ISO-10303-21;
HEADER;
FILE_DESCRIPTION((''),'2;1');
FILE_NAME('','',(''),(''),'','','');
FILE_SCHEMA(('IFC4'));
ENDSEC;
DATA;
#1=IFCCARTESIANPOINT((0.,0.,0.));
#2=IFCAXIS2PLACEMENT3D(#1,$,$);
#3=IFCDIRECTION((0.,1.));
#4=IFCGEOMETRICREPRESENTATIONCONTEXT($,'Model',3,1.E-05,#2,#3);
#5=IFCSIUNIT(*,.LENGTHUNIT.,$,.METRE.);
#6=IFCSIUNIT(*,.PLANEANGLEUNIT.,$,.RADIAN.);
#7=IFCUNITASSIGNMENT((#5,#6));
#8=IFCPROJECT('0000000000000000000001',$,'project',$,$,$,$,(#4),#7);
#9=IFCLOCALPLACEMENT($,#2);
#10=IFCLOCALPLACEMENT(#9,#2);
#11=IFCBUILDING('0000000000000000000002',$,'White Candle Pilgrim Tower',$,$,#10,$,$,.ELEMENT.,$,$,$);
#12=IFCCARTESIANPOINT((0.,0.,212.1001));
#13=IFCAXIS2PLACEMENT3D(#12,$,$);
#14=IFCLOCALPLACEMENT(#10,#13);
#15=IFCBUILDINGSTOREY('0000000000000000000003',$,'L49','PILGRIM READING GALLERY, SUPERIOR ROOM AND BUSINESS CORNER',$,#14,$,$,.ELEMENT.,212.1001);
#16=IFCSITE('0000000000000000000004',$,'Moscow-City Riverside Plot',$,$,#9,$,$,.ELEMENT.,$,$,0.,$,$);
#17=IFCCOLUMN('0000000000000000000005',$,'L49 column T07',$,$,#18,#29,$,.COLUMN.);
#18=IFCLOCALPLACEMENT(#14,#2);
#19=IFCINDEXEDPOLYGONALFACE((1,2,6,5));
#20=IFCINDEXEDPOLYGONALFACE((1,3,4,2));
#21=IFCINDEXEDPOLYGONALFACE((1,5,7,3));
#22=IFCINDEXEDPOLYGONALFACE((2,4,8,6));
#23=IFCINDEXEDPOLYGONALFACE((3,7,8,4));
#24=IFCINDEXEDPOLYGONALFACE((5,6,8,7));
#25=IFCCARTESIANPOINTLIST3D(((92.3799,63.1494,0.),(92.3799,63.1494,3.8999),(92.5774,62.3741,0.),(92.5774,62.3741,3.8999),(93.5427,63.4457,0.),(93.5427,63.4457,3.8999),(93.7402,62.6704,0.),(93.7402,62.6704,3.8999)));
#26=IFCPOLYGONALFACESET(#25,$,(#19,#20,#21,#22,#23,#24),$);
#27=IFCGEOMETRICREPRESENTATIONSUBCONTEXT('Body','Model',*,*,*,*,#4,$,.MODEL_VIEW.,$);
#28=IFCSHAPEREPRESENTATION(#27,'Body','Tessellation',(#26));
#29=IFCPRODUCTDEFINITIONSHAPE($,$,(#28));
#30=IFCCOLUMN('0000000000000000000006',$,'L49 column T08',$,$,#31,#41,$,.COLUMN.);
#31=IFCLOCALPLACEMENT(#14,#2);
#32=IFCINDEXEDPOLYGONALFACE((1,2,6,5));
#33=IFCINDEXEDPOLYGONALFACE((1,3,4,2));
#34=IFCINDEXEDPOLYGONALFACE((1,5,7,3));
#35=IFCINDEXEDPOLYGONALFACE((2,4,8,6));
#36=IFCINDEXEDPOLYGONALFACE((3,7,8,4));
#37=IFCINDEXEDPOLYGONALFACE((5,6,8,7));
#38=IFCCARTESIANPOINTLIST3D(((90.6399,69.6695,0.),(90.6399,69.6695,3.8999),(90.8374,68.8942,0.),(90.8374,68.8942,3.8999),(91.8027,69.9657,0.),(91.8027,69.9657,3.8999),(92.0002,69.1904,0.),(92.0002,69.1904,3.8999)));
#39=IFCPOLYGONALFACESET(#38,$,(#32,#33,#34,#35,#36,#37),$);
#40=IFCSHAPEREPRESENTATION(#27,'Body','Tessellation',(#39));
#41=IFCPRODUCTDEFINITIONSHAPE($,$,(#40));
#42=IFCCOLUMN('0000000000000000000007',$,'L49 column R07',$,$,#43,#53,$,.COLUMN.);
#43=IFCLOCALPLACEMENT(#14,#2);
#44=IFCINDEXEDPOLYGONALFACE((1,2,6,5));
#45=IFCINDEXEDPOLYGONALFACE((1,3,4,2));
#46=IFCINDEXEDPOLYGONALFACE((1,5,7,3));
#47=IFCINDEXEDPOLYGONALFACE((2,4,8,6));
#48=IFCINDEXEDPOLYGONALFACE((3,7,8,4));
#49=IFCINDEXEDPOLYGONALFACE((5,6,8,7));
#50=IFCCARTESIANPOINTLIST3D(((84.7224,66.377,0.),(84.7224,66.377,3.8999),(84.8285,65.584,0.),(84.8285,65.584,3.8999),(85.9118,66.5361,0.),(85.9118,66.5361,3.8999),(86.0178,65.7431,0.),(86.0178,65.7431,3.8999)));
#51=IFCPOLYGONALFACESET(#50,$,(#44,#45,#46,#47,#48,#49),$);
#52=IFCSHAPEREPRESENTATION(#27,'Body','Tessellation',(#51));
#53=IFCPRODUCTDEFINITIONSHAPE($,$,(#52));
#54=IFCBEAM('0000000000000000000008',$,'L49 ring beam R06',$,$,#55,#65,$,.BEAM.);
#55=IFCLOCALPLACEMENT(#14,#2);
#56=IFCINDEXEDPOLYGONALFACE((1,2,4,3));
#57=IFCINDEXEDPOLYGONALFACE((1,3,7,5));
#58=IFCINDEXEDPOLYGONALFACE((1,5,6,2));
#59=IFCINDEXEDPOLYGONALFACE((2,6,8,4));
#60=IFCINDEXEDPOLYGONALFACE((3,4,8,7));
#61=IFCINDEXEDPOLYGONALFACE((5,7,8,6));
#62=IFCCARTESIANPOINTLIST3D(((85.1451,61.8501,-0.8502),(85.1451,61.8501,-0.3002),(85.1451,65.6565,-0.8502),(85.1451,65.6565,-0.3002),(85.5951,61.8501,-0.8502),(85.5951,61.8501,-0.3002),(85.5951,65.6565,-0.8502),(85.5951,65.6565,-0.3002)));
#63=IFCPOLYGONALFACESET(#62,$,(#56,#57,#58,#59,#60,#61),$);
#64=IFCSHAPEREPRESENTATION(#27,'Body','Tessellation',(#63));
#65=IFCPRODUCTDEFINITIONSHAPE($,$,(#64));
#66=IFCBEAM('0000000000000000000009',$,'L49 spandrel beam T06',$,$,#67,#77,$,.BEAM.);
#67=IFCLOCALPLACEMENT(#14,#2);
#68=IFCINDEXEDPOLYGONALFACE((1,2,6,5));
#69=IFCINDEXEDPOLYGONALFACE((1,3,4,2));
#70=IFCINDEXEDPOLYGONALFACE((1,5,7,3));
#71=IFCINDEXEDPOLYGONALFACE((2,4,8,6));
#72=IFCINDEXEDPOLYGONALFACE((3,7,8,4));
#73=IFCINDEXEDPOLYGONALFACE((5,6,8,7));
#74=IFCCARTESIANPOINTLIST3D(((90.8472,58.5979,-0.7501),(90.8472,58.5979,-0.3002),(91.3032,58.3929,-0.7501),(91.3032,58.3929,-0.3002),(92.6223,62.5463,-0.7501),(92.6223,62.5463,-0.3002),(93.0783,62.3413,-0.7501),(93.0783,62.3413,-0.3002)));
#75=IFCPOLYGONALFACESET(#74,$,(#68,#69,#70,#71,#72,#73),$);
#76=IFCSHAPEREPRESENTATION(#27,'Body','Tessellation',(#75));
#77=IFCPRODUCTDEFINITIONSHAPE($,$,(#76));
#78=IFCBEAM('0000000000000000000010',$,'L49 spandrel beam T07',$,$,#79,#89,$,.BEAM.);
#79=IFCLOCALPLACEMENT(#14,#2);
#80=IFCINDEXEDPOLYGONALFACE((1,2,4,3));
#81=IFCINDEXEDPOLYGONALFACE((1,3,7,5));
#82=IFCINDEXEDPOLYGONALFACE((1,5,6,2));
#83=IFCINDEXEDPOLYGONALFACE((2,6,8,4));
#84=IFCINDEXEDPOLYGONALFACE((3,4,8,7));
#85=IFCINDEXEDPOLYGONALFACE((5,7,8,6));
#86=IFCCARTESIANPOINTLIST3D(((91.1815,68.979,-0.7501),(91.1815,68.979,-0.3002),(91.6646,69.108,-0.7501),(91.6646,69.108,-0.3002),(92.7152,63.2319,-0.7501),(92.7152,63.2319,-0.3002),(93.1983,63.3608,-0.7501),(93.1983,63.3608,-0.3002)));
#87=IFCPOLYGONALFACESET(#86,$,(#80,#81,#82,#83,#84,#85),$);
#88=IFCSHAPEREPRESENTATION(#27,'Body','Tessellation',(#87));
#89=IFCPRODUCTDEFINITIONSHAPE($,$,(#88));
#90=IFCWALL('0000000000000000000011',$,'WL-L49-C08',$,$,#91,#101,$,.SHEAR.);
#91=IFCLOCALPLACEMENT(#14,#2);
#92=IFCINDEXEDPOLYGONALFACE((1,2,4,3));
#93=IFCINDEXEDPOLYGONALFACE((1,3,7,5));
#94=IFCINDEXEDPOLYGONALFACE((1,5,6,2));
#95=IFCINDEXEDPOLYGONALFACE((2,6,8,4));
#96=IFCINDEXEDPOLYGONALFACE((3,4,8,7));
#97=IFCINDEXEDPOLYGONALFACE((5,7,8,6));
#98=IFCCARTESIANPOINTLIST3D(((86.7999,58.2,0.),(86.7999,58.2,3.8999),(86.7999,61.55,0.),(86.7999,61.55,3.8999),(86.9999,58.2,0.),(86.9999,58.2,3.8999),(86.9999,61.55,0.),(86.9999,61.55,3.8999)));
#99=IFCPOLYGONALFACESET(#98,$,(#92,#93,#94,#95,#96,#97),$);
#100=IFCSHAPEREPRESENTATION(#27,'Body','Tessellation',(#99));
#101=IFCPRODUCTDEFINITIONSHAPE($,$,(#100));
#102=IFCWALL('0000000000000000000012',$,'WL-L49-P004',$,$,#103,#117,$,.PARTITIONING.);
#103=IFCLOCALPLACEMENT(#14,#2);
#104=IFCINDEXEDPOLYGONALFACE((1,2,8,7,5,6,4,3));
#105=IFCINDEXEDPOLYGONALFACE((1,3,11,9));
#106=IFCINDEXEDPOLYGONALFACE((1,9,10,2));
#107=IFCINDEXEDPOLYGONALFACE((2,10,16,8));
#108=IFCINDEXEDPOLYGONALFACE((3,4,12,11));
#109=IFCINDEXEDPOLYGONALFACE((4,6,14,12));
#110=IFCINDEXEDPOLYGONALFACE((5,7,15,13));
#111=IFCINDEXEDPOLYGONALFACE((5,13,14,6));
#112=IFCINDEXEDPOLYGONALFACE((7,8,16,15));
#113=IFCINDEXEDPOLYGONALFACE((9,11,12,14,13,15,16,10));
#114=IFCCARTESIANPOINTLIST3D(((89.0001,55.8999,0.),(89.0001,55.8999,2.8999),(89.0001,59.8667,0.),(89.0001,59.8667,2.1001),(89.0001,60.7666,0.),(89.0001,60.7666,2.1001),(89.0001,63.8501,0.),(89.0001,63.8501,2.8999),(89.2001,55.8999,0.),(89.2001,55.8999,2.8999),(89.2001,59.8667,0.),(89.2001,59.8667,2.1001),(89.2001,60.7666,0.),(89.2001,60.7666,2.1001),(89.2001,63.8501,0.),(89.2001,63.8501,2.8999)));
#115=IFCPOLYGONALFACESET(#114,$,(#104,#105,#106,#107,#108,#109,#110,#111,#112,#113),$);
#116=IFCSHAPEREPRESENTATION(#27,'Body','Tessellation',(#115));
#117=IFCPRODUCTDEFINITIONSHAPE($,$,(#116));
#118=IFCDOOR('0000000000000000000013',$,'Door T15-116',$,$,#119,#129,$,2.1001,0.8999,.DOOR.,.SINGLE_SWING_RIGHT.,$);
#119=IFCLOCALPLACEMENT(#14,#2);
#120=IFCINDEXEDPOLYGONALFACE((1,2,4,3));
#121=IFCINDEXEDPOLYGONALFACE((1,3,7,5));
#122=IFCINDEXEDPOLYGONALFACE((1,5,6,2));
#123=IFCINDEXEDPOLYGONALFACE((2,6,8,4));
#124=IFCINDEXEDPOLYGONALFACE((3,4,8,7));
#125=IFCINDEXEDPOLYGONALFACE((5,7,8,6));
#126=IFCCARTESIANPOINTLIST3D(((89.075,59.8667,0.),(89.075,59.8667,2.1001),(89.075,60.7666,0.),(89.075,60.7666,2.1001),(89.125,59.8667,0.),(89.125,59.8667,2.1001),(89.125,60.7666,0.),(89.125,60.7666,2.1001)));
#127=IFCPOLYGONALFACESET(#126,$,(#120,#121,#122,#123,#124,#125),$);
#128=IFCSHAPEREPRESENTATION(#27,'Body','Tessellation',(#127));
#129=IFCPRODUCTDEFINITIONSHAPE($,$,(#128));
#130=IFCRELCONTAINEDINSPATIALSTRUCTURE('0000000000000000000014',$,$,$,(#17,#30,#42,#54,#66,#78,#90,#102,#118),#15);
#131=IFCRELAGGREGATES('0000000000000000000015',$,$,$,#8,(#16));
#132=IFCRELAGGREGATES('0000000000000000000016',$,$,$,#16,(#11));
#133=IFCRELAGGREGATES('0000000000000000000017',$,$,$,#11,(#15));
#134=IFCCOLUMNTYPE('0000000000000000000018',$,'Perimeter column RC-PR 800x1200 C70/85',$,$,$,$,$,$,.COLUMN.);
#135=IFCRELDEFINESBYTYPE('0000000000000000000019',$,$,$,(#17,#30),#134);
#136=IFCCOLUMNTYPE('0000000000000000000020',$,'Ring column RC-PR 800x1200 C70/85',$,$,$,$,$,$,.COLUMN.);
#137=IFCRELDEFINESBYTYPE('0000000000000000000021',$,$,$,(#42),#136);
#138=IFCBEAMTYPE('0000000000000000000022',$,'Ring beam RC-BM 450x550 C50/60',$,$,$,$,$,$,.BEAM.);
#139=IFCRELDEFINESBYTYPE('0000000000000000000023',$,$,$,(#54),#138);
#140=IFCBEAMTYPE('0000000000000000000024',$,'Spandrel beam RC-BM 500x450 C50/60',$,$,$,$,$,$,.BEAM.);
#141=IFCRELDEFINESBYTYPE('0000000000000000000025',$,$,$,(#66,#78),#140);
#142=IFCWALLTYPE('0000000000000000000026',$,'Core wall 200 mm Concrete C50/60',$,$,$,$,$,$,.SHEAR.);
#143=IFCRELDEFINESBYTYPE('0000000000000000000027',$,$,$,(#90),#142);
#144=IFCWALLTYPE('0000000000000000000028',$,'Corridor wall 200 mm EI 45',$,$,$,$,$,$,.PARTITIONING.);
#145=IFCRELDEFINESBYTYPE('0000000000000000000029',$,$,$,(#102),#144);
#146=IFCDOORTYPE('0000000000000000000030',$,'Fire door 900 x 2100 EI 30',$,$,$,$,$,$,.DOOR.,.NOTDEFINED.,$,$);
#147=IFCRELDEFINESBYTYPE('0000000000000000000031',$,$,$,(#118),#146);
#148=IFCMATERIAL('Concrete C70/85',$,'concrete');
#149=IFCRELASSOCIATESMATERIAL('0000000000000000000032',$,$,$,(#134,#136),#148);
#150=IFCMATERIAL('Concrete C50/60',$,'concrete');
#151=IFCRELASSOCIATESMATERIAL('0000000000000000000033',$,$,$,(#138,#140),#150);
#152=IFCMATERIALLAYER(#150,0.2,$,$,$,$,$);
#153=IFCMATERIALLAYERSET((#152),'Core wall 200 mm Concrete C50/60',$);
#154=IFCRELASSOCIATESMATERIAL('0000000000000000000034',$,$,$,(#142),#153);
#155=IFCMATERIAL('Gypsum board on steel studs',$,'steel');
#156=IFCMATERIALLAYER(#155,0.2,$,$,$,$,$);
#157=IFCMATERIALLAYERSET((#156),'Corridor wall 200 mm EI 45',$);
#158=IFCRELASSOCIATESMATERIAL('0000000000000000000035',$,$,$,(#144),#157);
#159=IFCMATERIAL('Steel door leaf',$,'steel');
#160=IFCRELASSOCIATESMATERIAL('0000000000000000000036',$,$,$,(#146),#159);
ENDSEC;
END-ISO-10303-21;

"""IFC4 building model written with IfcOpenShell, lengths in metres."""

from ifc_helpers import new_model, si_unit, direction, frame, frame_2d, origin, origin_2d, place, context, subcontext, project, spatial, rectangle, extrude, material, layer, layer_set, material_profile, profile_set, type_object, element, fill, save


model = new_model("IFC4")

# Units and contexts
model_context = context("Model", 3, precision=1e-05, world=origin(), true_north=direction((0.0, 1.0)))
body_context = subcontext(model_context, "Body", "Model", "MODEL_VIEW")
ifc_project = project(units=[si_unit("LENGTHUNIT", "METRE"), si_unit("PLANEANGLEUNIT", "RADIAN")], contexts=[model_context])

# Site, building, storey
site_placement = place(None, origin())
site = spatial("IfcSite", under=ifc_project, at=site_placement, Name="Moscow-City Riverside Plot", CompositionType="ELEMENT", RefElevation=0.0)
building_placement = place(site_placement, origin())
building = spatial("IfcBuilding", under=site, at=building_placement, Name="White Candle Pilgrim Tower", CompositionType="ELEMENT")
storey_placement = place(building_placement, frame((0.0, 0.0, 212.1001)))
storey = spatial("IfcBuildingStorey", under=building, at=storey_placement, Name="L49", Description="PILGRIM READING GALLERY, SUPERIOR ROOM AND BUSINESS CORNER", CompositionType="ELEMENT", Elevation=212.1001)

# Columns
ifc_material_1 = material(Name="Concrete C70/85", Category="concrete")
ifc_material_profile_1 = material_profile(ifc_material_1, rectangle(XDim=0.8, YDim=1.2, at=origin_2d()), Name="RC-PR 800x1200")
ifc_profile_set_1 = profile_set([ifc_material_profile_1], Name="Concrete C70/85")
column_type_1 = type_object("IfcColumnType", Name="Perimeter column RC-PR 800x1200 C70/85", PredefinedType="COLUMN", material=ifc_profile_set_1)
for number, where, z_axis, x_axis, name in (
    (1, (93.0601, 62.9099, 0.0), (0.0, 0.0, 1.0), (0.246881, -0.969046, 0.0), "L49 column T07"),
    (2, (91.3201, 69.4299, 0.0), (0.0, 0.0, 1.0), (0.246881, -0.969046, 0.0), "L49 column T08"),
):
    element("IfcColumn", number, at=place(storey_placement, frame(where, z_axis=z_axis, x_axis=x_axis)), inside=storey, type_object=column_type_1, Name=name, PredefinedType="COLUMN", context=body_context, shape_type="SweptSolid", body=[
        extrude(rectangle(XDim=0.8, YDim=1.2, at=origin_2d()), origin(), (0.0, 0.0, 1.0), 3.8999),
    ])
ifc_material_profile_2 = material_profile(ifc_material_1, rectangle(XDim=0.8, YDim=1.2, at=origin_2d()), Name="RC-PR 800x1200")
ifc_profile_set_2 = profile_set([ifc_material_profile_2], Name="Concrete C70/85")
column_type_2 = type_object("IfcColumnType", Name="Ring column RC-PR 800x1200 C70/85", PredefinedType="COLUMN", material=ifc_profile_set_2)
column_placement = place(storey_placement, frame((85.3701, 66.0601, 0.0), z_axis=(0.0, 0.0, 1.0), x_axis=(0.132602, -0.991169, 0.0)))
element("IfcColumn", 3, at=column_placement, inside=storey, type_object=column_type_2, Name="L49 column R07", PredefinedType="COLUMN", context=body_context, shape_type="SweptSolid", body=[
    extrude(rectangle(XDim=0.8, YDim=1.2, at=origin_2d()), origin(), (0.0, 0.0, 1.0), 3.8999),
])

# Beams
ifc_material_2 = material(Name="Concrete C50/60", Category="concrete")
ifc_material_profile_3 = material_profile(ifc_material_2, rectangle(XDim=0.45, YDim=0.55, at=origin_2d()), Name="RC-BM 450x550")
ifc_profile_set_3 = profile_set([ifc_material_profile_3], Name="Concrete C50/60")
beam_type_1 = type_object("IfcBeamType", Name="Ring beam RC-BM 450x550 C50/60", PredefinedType="BEAM", material=ifc_profile_set_3)
beam_1_placement = place(storey_placement, frame((85.3701, 65.6565, -0.5752), z_axis=(0.0, -1.0, 0.0), x_axis=(1.0, 0.0, 0.0)))
element("IfcBeam", 4, at=beam_1_placement, inside=storey, type_object=beam_type_1, Name="L49 ring beam R06", PredefinedType="BEAM", context=body_context, shape_type="SweptSolid", body=[
    extrude(rectangle(XDim=0.45, YDim=0.55, at=origin_2d()), origin(), (0.0, 0.0, 1.0), 3.8064),
])
ifc_material_profile_4 = material_profile(ifc_material_2, rectangle(XDim=0.5, YDim=0.45, at=origin_2d()), Name="RC-BM 500x450")
ifc_profile_set_4 = profile_set([ifc_material_profile_4], Name="Concrete C50/60")
beam_type_2 = type_object("IfcBeamType", Name="Spandrel beam RC-BM 500x450 C50/60", PredefinedType="BEAM", material=ifc_profile_set_4)
beam_2_placement = place(storey_placement, frame((91.0752, 58.4954, -0.5251), z_axis=(0.410043, 0.912066, 0.0), x_axis=(-0.912066, 0.410043, 0.0)))
element("IfcBeam", 5, at=beam_2_placement, inside=storey, type_object=beam_type_2, Name="L49 spandrel beam T06", PredefinedType="BEAM", context=body_context, shape_type="SweptSolid", body=[
    extrude(rectangle(XDim=0.5, YDim=0.45, at=origin_2d()), origin(), (0.0, 0.0, 1.0), 4.3291),
])
beam_3_placement = place(storey_placement, frame((92.9568, 63.2964, -0.5251), z_axis=(-0.257841, 0.966187, 0.0), x_axis=(-0.966187, -0.257841, 0.0)))
element("IfcBeam", 6, at=beam_3_placement, inside=storey, type_object=beam_type_2, Name="L49 spandrel beam T07", PredefinedType="BEAM", context=body_context, shape_type="SweptSolid", body=[
    extrude(rectangle(XDim=0.5, YDim=0.45, at=origin_2d()), origin(), (0.0, 0.0, 1.0), 5.9482),
])

# Wall
ifc_layer_1 = layer(ifc_material_2, 0.2)
ifc_layer_set_1 = layer_set([ifc_layer_1], Name="Core wall 200 mm Concrete C50/60")
wall_type_1 = type_object("IfcWallType", Name="Core wall 200 mm Concrete C50/60", PredefinedType="SHEAR", material=ifc_layer_set_1)
wall_1_placement = place(storey_placement, frame((86.8999, 58.2, 0.0), z_axis=(0.0, 0.0, 1.0), x_axis=(0.0, 1.0, 0.0)))
element("IfcWall", 7, at=wall_1_placement, inside=storey, type_object=wall_type_1, Name="WL-L49-C08", PredefinedType="SHEAR", context=body_context, shape_type="SweptSolid", body=[
    extrude(rectangle(XDim=3.3501, YDim=0.2, at=frame_2d((1.675, 0.0))), origin(), (0.0, 0.0, 1.0), 3.8999),
])

# Wall, opening, door
ifc_material_3 = material(Name="Gypsum board on steel studs", Category="steel")
ifc_layer_2 = layer(ifc_material_3, 0.2)
ifc_layer_set_2 = layer_set([ifc_layer_2], Name="Corridor wall 200 mm EI 45")
wall_type_2 = type_object("IfcWallType", Name="Corridor wall 200 mm EI 45", PredefinedType="PARTITIONING", material=ifc_layer_set_2)
wall_2_placement = place(storey_placement, frame((89.1001, 63.8501, 0.0), z_axis=(0.0, 0.0, 1.0), x_axis=(0.0, -1.0, 0.0)))
wall_2 = element("IfcWall", 8, at=wall_2_placement, inside=storey, type_object=wall_type_2, Name="WL-L49-P004", PredefinedType="PARTITIONING", context=body_context, shape_type="SweptSolid", body=[
    extrude(rectangle(XDim=7.9502, YDim=0.2, at=frame_2d((3.9751, 0.0))), origin(), (0.0, 0.0, 1.0), 2.8999),
])
opening_1_placement = place(wall_2_placement, frame((3.0835, 0.0, 0.0)))
opening_1 = element("IfcOpeningElement", 9, at=opening_1_placement, cuts=wall_2, PredefinedType="OPENING", context=body_context, shape_type="SweptSolid", body=[
    extrude(rectangle(XDim=0.8999, YDim=2.1001, at=frame_2d((0.45, 1.05))), frame((0.0, 0.1099, 0.0), z_axis=(0.0, -1.0, 0.0), x_axis=(1.0, 0.0, 0.0)), (0.0, 0.0, 1.0), 0.22),
])
ifc_material_4 = material(Name="Steel door leaf", Category="steel")
door_type_1 = type_object("IfcDoorType", Name="Fire door 900 x 2100 EI 30", OperationType="NOTDEFINED", PredefinedType="DOOR", material=ifc_material_4)
door_1_placement = place(opening_1_placement, origin())
door_1 = element("IfcDoor", 10, at=door_1_placement, inside=storey, type_object=door_type_1, Name="Door T15-116", OperationType="SINGLE_SWING_RIGHT", OverallHeight=2.1001, OverallWidth=0.8999, PredefinedType="DOOR", context=body_context, shape_type="SweptSolid", body=[
    extrude(rectangle(XDim=0.8999, YDim=2.1001, at=frame_2d((0.45, 1.05))), frame((0.0, 0.0249, 0.0), z_axis=(0.0, -1.0, 0.0), x_axis=(1.0, 0.0, 0.0)), (0.0, 0.0, 1.0), 0.05),
])
fill(opening_1, door_1)

save(model, "model.ifc")
